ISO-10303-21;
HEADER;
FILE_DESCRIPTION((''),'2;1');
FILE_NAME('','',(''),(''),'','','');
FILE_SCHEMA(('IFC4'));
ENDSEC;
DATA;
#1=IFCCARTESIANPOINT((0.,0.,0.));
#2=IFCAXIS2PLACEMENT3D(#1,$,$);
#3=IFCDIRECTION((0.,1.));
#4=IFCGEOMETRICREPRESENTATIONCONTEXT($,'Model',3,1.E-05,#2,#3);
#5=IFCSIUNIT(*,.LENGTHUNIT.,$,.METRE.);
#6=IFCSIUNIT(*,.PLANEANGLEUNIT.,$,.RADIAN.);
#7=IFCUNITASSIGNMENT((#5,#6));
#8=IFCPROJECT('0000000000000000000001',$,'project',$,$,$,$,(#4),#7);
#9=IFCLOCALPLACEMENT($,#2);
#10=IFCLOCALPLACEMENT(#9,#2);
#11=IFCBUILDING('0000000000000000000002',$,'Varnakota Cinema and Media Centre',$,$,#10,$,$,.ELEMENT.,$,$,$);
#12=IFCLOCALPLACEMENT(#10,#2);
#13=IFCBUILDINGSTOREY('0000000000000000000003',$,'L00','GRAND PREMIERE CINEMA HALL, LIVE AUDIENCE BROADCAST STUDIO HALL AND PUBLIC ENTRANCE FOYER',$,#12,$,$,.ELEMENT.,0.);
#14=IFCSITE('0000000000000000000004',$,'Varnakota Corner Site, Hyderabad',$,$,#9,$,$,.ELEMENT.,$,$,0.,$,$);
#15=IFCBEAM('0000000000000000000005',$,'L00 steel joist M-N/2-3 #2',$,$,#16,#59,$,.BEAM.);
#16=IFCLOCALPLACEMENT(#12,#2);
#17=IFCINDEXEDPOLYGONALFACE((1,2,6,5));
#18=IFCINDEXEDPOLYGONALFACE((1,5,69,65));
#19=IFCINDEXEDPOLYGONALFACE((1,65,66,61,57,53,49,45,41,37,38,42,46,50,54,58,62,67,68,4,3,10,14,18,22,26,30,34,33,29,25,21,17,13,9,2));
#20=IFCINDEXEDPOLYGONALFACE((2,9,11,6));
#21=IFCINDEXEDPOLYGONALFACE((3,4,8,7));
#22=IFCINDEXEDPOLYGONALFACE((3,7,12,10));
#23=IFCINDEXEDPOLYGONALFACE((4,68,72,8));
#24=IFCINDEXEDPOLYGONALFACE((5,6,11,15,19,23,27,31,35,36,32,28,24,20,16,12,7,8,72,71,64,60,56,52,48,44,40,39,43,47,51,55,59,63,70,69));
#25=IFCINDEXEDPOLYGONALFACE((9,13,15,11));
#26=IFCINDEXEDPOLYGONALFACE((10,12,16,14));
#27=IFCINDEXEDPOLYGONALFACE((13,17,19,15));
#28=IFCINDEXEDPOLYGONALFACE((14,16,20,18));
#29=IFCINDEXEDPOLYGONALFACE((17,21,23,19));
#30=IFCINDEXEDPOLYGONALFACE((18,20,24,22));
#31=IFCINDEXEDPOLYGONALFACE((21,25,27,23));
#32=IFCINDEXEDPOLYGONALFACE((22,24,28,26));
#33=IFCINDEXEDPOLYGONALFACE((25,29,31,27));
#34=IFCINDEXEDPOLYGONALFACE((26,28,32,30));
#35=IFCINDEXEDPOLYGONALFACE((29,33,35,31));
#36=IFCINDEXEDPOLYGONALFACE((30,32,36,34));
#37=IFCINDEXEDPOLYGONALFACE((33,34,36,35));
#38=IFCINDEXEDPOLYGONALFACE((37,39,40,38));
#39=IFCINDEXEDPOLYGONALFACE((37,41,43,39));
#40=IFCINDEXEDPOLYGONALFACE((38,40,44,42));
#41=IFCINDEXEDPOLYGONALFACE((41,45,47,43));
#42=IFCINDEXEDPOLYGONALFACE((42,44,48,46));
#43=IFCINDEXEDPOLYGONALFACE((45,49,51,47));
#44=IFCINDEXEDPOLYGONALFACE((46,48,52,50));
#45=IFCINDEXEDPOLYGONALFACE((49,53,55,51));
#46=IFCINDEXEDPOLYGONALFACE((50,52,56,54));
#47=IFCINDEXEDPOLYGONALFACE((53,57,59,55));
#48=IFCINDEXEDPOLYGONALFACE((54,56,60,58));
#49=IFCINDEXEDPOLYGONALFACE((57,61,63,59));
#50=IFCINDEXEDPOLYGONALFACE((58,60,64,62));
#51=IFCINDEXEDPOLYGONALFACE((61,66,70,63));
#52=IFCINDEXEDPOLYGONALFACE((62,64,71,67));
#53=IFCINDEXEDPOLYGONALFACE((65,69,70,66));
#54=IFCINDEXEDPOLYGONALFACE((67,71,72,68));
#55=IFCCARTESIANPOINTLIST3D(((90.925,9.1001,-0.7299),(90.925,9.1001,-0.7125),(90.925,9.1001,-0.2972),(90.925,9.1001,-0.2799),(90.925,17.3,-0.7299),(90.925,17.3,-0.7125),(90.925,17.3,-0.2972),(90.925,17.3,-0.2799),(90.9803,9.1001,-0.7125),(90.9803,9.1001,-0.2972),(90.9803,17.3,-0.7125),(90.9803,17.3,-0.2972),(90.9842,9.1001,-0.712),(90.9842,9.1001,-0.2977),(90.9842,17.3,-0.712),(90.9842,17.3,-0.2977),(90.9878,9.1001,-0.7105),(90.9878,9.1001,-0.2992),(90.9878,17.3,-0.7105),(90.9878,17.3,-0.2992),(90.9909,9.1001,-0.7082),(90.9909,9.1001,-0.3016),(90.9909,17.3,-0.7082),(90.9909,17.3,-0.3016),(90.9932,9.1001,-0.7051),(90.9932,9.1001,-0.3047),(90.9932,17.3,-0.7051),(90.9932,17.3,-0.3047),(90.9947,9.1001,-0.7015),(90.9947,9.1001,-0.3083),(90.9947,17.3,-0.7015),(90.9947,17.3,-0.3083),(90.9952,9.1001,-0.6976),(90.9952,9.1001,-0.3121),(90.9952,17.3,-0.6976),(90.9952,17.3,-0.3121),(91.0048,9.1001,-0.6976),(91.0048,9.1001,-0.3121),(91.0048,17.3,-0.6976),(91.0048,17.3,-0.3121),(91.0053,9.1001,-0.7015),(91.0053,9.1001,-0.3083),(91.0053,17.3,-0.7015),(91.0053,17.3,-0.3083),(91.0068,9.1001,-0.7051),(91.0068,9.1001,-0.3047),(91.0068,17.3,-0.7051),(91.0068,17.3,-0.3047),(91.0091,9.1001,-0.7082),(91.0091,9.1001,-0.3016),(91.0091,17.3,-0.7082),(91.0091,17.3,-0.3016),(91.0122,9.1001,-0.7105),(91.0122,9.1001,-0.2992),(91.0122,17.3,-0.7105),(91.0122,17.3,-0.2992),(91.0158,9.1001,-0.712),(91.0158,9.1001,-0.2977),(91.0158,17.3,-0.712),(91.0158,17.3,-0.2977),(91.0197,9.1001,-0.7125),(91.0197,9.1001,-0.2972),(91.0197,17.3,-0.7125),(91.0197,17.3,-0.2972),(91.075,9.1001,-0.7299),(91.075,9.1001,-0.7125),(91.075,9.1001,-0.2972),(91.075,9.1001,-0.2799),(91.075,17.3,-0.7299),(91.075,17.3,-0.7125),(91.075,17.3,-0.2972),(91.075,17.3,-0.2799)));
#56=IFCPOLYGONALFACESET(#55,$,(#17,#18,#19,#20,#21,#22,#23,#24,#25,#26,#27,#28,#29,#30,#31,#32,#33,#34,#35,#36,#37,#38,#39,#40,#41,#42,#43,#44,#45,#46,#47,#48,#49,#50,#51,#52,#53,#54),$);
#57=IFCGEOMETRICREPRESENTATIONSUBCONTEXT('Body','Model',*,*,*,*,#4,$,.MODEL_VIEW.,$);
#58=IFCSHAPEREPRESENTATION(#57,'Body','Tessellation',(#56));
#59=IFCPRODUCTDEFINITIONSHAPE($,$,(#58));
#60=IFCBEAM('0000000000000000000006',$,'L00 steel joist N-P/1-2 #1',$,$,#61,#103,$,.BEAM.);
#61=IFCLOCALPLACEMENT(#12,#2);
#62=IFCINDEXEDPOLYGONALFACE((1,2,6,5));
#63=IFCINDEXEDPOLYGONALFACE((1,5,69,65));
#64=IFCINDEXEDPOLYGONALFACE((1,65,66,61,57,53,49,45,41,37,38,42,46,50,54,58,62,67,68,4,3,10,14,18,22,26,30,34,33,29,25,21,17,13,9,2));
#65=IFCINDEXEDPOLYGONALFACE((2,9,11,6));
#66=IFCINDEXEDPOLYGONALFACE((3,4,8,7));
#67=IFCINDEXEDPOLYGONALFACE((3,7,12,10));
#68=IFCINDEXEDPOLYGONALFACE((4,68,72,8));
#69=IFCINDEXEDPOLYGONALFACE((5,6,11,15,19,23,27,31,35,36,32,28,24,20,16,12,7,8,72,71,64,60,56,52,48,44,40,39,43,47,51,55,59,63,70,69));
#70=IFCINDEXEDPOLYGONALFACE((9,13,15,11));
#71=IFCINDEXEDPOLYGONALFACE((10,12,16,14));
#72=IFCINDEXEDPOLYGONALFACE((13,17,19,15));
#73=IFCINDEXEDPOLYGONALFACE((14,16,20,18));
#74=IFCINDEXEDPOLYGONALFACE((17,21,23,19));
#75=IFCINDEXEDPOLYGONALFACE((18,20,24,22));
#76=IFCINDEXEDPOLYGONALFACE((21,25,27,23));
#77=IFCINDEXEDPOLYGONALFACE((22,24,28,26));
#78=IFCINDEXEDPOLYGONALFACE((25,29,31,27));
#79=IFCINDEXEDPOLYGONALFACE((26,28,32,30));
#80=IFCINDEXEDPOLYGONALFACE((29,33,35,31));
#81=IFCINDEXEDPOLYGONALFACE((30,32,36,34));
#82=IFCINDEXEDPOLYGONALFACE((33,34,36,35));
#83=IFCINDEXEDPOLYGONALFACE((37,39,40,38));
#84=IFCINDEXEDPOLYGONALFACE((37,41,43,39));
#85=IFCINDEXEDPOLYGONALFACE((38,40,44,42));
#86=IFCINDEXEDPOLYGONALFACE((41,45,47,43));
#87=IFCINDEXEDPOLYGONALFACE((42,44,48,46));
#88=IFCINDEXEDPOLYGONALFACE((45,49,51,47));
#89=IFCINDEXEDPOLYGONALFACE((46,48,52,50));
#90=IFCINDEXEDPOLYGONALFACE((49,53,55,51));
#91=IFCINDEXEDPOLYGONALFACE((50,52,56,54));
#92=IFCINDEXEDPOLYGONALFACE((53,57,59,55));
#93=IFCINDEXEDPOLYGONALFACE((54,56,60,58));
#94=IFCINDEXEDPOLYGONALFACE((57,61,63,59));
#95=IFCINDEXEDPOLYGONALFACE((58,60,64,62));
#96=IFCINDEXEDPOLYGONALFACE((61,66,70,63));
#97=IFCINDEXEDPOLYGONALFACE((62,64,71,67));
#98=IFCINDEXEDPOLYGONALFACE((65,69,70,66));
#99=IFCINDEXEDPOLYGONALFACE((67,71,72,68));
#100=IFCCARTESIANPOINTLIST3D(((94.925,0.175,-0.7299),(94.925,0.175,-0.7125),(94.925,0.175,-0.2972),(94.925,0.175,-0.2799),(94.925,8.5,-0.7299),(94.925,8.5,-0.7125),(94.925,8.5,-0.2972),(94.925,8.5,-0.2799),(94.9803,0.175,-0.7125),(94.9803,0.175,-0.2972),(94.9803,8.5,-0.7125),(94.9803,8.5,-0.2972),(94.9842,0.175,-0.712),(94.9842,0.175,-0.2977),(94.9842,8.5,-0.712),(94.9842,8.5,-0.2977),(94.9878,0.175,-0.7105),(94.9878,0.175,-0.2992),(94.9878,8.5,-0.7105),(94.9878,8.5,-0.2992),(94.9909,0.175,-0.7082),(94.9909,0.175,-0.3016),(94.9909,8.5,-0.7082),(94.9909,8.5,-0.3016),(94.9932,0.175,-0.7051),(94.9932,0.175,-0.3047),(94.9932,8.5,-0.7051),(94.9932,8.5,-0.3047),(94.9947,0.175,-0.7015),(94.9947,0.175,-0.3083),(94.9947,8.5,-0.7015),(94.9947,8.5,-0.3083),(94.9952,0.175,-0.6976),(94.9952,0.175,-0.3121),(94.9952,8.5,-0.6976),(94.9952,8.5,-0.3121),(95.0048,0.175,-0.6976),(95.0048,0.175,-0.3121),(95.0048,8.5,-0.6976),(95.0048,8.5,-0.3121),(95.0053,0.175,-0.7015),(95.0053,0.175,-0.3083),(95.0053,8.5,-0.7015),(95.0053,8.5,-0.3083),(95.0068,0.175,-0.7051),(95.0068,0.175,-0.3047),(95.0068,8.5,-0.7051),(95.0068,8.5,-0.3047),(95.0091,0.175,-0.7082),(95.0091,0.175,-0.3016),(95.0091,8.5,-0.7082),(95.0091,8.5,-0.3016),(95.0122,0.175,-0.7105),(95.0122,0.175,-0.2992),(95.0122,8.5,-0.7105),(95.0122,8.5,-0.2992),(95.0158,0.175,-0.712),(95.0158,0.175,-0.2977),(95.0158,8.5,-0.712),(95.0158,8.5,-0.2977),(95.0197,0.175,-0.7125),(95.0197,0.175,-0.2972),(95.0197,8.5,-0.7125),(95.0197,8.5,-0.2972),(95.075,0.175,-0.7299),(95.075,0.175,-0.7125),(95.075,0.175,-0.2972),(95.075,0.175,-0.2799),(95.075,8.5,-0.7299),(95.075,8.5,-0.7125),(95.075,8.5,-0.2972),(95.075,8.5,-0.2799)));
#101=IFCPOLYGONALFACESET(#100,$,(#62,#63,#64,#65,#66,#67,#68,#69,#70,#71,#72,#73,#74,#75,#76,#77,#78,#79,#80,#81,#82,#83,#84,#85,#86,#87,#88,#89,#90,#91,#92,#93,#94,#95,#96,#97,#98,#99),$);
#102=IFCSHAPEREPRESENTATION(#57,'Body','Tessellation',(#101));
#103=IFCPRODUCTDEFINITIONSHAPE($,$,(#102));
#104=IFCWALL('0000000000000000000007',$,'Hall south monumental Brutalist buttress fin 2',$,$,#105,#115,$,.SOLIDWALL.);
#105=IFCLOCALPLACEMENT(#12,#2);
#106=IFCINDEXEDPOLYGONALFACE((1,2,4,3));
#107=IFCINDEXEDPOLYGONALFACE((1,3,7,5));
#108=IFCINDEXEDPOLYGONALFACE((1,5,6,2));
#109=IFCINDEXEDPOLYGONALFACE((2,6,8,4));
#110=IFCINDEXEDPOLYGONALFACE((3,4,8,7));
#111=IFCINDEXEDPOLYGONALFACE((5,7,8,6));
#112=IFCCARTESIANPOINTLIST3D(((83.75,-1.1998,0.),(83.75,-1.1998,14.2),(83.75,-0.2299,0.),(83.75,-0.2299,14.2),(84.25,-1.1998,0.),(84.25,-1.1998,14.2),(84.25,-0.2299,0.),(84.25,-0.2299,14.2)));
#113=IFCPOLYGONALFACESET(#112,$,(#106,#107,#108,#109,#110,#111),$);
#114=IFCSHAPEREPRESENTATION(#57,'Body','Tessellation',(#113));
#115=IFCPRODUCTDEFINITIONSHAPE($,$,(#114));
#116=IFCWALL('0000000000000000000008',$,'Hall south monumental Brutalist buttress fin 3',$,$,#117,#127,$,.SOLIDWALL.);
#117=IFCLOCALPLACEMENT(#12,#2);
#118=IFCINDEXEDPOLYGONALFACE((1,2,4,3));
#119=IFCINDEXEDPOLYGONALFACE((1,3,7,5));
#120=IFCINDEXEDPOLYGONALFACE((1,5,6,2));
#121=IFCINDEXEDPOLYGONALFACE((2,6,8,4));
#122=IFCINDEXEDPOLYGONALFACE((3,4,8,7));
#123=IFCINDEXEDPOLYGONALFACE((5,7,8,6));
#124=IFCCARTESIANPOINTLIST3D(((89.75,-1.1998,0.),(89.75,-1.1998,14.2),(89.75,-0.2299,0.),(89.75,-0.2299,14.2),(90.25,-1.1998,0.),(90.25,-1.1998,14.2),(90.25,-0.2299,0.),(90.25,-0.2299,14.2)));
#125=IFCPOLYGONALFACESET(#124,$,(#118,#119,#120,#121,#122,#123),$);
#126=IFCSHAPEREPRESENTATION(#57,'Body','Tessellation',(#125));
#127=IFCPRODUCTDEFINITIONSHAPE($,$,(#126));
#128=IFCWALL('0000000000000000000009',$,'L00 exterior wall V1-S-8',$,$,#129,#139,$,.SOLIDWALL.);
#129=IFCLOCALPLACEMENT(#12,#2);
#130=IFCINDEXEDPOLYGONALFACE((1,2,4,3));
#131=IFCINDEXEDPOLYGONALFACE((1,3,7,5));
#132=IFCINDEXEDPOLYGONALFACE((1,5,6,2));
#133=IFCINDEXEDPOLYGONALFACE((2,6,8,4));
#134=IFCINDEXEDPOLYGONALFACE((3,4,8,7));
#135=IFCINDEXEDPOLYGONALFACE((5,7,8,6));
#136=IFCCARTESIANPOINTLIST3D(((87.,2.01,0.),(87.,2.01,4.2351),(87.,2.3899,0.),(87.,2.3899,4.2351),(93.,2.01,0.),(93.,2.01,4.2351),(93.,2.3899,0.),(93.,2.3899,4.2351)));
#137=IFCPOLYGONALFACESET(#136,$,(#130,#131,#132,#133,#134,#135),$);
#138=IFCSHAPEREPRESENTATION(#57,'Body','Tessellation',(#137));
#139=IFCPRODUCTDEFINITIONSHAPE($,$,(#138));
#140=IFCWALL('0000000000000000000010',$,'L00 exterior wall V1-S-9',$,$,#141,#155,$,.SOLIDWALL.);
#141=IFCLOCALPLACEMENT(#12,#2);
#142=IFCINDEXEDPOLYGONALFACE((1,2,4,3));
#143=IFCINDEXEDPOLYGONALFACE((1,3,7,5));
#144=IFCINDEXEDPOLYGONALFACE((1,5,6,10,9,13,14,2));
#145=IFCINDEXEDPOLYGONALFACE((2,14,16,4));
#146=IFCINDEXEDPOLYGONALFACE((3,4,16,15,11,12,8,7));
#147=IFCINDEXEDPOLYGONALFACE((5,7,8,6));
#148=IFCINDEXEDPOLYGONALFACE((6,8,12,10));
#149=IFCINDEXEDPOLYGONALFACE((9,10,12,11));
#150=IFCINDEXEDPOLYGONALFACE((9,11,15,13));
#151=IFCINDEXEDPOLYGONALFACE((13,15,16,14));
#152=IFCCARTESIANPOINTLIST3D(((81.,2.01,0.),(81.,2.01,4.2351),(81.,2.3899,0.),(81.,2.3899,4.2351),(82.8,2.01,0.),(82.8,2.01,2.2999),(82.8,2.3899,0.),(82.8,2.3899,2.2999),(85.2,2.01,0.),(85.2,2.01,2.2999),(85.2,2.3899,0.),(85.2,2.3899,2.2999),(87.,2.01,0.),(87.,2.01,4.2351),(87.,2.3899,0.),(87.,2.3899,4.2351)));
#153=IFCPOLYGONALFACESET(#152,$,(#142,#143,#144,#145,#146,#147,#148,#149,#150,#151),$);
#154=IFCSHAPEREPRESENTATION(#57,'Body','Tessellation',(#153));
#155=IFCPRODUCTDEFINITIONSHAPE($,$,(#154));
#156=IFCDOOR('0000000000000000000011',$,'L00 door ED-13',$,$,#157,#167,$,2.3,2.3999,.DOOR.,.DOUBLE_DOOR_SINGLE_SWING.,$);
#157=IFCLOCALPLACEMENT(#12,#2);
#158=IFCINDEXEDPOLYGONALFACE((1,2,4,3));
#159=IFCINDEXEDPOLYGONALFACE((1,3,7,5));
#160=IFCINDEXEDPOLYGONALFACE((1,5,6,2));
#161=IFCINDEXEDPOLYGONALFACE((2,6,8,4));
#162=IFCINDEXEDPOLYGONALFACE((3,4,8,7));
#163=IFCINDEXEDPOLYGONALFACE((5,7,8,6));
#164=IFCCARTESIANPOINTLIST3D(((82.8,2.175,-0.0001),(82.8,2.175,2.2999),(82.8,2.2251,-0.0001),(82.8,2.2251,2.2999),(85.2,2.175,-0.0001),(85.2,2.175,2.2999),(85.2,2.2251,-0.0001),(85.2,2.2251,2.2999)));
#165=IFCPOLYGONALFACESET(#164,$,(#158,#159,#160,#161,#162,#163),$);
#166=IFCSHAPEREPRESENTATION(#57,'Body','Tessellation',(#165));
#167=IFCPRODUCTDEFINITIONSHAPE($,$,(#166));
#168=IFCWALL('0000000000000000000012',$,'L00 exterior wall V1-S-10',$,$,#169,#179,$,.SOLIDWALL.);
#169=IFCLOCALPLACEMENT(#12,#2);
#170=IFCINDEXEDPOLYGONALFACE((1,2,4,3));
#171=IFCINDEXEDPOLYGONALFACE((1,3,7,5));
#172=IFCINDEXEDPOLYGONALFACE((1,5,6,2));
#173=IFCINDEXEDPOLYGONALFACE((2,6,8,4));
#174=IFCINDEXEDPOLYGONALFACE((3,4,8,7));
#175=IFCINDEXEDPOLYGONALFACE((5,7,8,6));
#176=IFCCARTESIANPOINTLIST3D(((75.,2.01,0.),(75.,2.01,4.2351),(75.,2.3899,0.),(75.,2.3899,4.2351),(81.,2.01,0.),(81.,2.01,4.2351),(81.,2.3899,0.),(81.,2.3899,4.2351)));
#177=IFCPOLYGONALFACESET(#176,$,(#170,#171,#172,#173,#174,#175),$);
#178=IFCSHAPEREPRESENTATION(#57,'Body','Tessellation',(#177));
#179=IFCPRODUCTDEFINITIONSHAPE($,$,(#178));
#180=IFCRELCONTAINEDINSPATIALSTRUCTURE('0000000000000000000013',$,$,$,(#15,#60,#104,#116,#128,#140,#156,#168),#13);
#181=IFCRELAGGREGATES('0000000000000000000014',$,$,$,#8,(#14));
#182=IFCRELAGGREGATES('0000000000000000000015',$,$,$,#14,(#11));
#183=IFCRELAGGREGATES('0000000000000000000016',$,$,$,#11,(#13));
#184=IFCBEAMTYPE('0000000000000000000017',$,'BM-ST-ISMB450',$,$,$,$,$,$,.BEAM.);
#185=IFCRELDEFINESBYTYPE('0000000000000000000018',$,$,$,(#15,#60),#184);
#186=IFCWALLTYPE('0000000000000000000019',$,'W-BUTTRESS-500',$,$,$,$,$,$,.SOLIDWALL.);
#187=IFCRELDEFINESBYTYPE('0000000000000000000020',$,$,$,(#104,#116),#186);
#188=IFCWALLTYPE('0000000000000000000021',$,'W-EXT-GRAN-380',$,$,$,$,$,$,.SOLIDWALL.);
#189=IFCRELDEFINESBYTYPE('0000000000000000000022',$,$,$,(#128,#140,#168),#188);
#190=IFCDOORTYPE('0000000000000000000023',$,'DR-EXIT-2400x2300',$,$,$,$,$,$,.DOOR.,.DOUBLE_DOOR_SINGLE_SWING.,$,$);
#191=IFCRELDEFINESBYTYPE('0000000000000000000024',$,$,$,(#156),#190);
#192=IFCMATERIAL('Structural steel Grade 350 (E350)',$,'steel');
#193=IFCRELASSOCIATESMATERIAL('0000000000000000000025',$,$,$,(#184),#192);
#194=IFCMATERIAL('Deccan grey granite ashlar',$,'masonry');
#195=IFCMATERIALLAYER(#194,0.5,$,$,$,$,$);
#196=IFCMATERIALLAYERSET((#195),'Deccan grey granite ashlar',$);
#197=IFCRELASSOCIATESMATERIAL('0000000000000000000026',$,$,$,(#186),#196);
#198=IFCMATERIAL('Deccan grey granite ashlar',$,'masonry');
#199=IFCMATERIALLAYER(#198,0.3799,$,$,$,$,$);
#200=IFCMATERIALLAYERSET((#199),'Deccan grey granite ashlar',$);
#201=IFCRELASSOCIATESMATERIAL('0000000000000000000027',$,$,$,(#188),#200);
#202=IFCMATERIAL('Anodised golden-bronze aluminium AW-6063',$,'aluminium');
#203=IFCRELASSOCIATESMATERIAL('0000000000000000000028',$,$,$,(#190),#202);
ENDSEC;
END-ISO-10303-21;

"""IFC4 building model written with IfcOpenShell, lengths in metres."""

from ifc_helpers import new_model, si_unit, direction, frame, frame_2d, origin, origin_2d, place, context, subcontext, project, spatial, rectangle, i_section, extrude, material, layer, layer_set, material_profile, profile_set, type_object, element, fill, save


model = new_model("IFC4")

# Units and contexts
model_context = context("Model", 3, precision=1e-05, world=origin(), true_north=direction((0.0, 1.0)))
body_context = subcontext(model_context, "Body", "Model", "MODEL_VIEW")
ifc_project = project(units=[si_unit("LENGTHUNIT", "METRE"), si_unit("PLANEANGLEUNIT", "RADIAN")], contexts=[model_context])

# Site, building, storey
site_placement = place(None, origin())
site = spatial("IfcSite", under=ifc_project, at=site_placement, Name="Varnakota Corner Site, Hyderabad", CompositionType="ELEMENT", RefElevation=0.0)
building_placement = place(site_placement, origin())
building = spatial("IfcBuilding", under=site, at=building_placement, Name="Varnakota Cinema and Media Centre", CompositionType="ELEMENT")
storey_placement = place(building_placement, origin())
storey = spatial("IfcBuildingStorey", under=building, at=storey_placement, Name="L00", Description="GRAND PREMIERE CINEMA HALL, LIVE AUDIENCE BROADCAST STUDIO HALL AND PUBLIC ENTRANCE FOYER", CompositionType="ELEMENT", Elevation=0.0)

# Beams
ifc_material_1 = material(Name="Structural steel Grade 350 (E350)", Category="steel")
ifc_material_profile_1 = material_profile(ifc_material_1, i_section(OverallWidth=0.1499, OverallDepth=0.45, WebThickness=0.0095, FlangeThickness=0.0173, FilletRadius=0.0149, at=origin_2d()), Name="ISMB 450")
ifc_profile_set_1 = profile_set([ifc_material_profile_1], Name="Structural steel Grade 350 (E350)")
beam_type_1 = type_object("IfcBeamType", Name="BM-ST-ISMB450", PredefinedType="BEAM", material=ifc_profile_set_1)
for number, where, z_axis, x_axis, name in (
    (1, (91.0, 9.1001, -0.5049), (0.0, 1.0, 0.0), (-1.0, 0.0, 0.0), "L00 steel joist M-N/2-3 #2"),
):
    element("IfcBeam", number, at=place(storey_placement, frame(where, z_axis=z_axis, x_axis=x_axis)), inside=storey, type_object=beam_type_1, Name=name, PredefinedType="BEAM", context=body_context, shape_type="SweptSolid", body=[
        extrude(i_section(OverallWidth=0.1499, OverallDepth=0.45, WebThickness=0.0095, FlangeThickness=0.0173, FilletRadius=0.0149, at=origin_2d()), origin(), (0.0, 0.0, 1.0), 8.2),
    ])
beam_1_placement = place(storey_placement, frame((95.0, 0.175, -0.5049), z_axis=(0.0, 1.0, 0.0), x_axis=(-1.0, 0.0, 0.0)))
element("IfcBeam", 2, at=beam_1_placement, inside=storey, type_object=beam_type_1, Name="L00 steel joist N-P/1-2 #1", PredefinedType="BEAM", context=body_context, shape_type="SweptSolid", body=[
    extrude(i_section(OverallWidth=0.1499, OverallDepth=0.45, WebThickness=0.0095, FlangeThickness=0.0173, FilletRadius=0.0149, at=origin_2d()), origin(), (0.0, 0.0, 1.0), 8.325),
])

# Walls
ifc_material_2 = material(Name="Deccan grey granite ashlar", Category="masonry")
ifc_layer_1 = layer(ifc_material_2, 0.5)
ifc_layer_set_1 = layer_set([ifc_layer_1], Name="Deccan grey granite ashlar")
wall_type_1 = type_object("IfcWallType", Name="W-BUTTRESS-500", PredefinedType="SOLIDWALL", material=ifc_layer_set_1)
for number, where, z_axis, x_axis, name in (
    (3, (84.0, -0.23, 0.0), (0.0, 0.0, 1.0), (0.0, -1.0, 0.0), "Hall south monumental Brutalist buttress fin 2"),
    (4, (90.0, -0.23, 0.0), (0.0, 0.0, 1.0), (0.0, -1.0, 0.0), "Hall south monumental Brutalist buttress fin 3"),
):
    element("IfcWall", number, at=place(storey_placement, frame(where, z_axis=z_axis, x_axis=x_axis)), inside=storey, type_object=wall_type_1, Name=name, PredefinedType="SOLIDWALL", context=body_context, shape_type="SweptSolid", body=[
        extrude(rectangle(XDim=0.97, YDim=0.5, at=frame_2d((0.4849, 0.0))), origin(), (0.0, 0.0, 1.0), 14.2),
    ])
ifc_material_3 = material(Name="Deccan grey granite ashlar", Category="masonry")
ifc_layer_2 = layer(ifc_material_3, 0.3799)
ifc_layer_set_2 = layer_set([ifc_layer_2], Name="Deccan grey granite ashlar")
wall_type_2 = type_object("IfcWallType", Name="W-EXT-GRAN-380", PredefinedType="SOLIDWALL", material=ifc_layer_set_2)
wall_1_placement = place(storey_placement, frame((93.0, 2.2, 0.0), z_axis=(0.0, 0.0, 1.0), x_axis=(-1.0, 0.0, 0.0)))
element("IfcWall", 5, at=wall_1_placement, inside=storey, type_object=wall_type_2, Name="L00 exterior wall V1-S-8", PredefinedType="SOLIDWALL", context=body_context, shape_type="SweptSolid", body=[
    extrude(rectangle(XDim=6.0, YDim=0.3799, at=frame_2d((3.0, 0.0))), origin(), (0.0, 0.0, 1.0), 4.2351),
])

# Wall, opening, door
wall_2_placement = place(storey_placement, frame((87.0, 2.2, 0.0), z_axis=(0.0, 0.0, 1.0), x_axis=(-1.0, 0.0, 0.0)))
wall_2 = element("IfcWall", 6, at=wall_2_placement, inside=storey, type_object=wall_type_2, Name="L00 exterior wall V1-S-9", PredefinedType="SOLIDWALL", context=body_context, shape_type="SweptSolid", body=[
    extrude(rectangle(XDim=6.0, YDim=0.3799, at=frame_2d((3.0, 0.0))), origin(), (0.0, 0.0, 1.0), 4.2351),
])
opening_placement = place(wall_2_placement, frame((1.8, 0.0, 0.0)))
opening = element("IfcOpeningElement", 7, at=opening_placement, cuts=wall_2, PredefinedType="OPENING", context=body_context, shape_type="SweptSolid", body=[
    extrude(rectangle(XDim=2.3999, YDim=2.3, at=frame_2d((1.2, 1.1499))), frame((0.0, 0.1899, 0.0), z_axis=(0.0, -1.0, 0.0), x_axis=(1.0, 0.0, 0.0)), (0.0, 0.0, 1.0), 0.3799),
])
ifc_material_4 = material(Name="Anodised golden-bronze aluminium AW-6063", Category="aluminium")
door_type = type_object("IfcDoorType", Name="DR-EXIT-2400x2300", OperationType="DOUBLE_DOOR_SINGLE_SWING", PredefinedType="DOOR", material=ifc_material_4)
door_placement = place(opening_placement, origin())
door = element("IfcDoor", 8, at=door_placement, inside=storey, type_object=door_type, Name="L00 door ED-13", OperationType="DOUBLE_DOOR_SINGLE_SWING", OverallHeight=2.3, OverallWidth=2.3999, PredefinedType="DOOR", context=body_context, shape_type="SweptSolid", body=[
    extrude(rectangle(XDim=2.3999, YDim=2.3, at=frame_2d((1.2, 1.1499))), frame((0.0, 0.0249, 0.0), z_axis=(0.0, -1.0, 0.0), x_axis=(1.0, 0.0, 0.0)), (0.0, 0.0, 1.0), 0.05),
])
fill(opening, door)

# Wall
wall_3_placement = place(storey_placement, frame((81.0, 2.2, 0.0), z_axis=(0.0, 0.0, 1.0), x_axis=(-1.0, 0.0, 0.0)))
element("IfcWall", 9, at=wall_3_placement, inside=storey, type_object=wall_type_2, Name="L00 exterior wall V1-S-10", PredefinedType="SOLIDWALL", context=body_context, shape_type="SweptSolid", body=[
    extrude(rectangle(XDim=6.0, YDim=0.3799, at=frame_2d((3.0, 0.0))), origin(), (0.0, 0.0, 1.0), 4.2351),
])

save(model, "model.ifc")
